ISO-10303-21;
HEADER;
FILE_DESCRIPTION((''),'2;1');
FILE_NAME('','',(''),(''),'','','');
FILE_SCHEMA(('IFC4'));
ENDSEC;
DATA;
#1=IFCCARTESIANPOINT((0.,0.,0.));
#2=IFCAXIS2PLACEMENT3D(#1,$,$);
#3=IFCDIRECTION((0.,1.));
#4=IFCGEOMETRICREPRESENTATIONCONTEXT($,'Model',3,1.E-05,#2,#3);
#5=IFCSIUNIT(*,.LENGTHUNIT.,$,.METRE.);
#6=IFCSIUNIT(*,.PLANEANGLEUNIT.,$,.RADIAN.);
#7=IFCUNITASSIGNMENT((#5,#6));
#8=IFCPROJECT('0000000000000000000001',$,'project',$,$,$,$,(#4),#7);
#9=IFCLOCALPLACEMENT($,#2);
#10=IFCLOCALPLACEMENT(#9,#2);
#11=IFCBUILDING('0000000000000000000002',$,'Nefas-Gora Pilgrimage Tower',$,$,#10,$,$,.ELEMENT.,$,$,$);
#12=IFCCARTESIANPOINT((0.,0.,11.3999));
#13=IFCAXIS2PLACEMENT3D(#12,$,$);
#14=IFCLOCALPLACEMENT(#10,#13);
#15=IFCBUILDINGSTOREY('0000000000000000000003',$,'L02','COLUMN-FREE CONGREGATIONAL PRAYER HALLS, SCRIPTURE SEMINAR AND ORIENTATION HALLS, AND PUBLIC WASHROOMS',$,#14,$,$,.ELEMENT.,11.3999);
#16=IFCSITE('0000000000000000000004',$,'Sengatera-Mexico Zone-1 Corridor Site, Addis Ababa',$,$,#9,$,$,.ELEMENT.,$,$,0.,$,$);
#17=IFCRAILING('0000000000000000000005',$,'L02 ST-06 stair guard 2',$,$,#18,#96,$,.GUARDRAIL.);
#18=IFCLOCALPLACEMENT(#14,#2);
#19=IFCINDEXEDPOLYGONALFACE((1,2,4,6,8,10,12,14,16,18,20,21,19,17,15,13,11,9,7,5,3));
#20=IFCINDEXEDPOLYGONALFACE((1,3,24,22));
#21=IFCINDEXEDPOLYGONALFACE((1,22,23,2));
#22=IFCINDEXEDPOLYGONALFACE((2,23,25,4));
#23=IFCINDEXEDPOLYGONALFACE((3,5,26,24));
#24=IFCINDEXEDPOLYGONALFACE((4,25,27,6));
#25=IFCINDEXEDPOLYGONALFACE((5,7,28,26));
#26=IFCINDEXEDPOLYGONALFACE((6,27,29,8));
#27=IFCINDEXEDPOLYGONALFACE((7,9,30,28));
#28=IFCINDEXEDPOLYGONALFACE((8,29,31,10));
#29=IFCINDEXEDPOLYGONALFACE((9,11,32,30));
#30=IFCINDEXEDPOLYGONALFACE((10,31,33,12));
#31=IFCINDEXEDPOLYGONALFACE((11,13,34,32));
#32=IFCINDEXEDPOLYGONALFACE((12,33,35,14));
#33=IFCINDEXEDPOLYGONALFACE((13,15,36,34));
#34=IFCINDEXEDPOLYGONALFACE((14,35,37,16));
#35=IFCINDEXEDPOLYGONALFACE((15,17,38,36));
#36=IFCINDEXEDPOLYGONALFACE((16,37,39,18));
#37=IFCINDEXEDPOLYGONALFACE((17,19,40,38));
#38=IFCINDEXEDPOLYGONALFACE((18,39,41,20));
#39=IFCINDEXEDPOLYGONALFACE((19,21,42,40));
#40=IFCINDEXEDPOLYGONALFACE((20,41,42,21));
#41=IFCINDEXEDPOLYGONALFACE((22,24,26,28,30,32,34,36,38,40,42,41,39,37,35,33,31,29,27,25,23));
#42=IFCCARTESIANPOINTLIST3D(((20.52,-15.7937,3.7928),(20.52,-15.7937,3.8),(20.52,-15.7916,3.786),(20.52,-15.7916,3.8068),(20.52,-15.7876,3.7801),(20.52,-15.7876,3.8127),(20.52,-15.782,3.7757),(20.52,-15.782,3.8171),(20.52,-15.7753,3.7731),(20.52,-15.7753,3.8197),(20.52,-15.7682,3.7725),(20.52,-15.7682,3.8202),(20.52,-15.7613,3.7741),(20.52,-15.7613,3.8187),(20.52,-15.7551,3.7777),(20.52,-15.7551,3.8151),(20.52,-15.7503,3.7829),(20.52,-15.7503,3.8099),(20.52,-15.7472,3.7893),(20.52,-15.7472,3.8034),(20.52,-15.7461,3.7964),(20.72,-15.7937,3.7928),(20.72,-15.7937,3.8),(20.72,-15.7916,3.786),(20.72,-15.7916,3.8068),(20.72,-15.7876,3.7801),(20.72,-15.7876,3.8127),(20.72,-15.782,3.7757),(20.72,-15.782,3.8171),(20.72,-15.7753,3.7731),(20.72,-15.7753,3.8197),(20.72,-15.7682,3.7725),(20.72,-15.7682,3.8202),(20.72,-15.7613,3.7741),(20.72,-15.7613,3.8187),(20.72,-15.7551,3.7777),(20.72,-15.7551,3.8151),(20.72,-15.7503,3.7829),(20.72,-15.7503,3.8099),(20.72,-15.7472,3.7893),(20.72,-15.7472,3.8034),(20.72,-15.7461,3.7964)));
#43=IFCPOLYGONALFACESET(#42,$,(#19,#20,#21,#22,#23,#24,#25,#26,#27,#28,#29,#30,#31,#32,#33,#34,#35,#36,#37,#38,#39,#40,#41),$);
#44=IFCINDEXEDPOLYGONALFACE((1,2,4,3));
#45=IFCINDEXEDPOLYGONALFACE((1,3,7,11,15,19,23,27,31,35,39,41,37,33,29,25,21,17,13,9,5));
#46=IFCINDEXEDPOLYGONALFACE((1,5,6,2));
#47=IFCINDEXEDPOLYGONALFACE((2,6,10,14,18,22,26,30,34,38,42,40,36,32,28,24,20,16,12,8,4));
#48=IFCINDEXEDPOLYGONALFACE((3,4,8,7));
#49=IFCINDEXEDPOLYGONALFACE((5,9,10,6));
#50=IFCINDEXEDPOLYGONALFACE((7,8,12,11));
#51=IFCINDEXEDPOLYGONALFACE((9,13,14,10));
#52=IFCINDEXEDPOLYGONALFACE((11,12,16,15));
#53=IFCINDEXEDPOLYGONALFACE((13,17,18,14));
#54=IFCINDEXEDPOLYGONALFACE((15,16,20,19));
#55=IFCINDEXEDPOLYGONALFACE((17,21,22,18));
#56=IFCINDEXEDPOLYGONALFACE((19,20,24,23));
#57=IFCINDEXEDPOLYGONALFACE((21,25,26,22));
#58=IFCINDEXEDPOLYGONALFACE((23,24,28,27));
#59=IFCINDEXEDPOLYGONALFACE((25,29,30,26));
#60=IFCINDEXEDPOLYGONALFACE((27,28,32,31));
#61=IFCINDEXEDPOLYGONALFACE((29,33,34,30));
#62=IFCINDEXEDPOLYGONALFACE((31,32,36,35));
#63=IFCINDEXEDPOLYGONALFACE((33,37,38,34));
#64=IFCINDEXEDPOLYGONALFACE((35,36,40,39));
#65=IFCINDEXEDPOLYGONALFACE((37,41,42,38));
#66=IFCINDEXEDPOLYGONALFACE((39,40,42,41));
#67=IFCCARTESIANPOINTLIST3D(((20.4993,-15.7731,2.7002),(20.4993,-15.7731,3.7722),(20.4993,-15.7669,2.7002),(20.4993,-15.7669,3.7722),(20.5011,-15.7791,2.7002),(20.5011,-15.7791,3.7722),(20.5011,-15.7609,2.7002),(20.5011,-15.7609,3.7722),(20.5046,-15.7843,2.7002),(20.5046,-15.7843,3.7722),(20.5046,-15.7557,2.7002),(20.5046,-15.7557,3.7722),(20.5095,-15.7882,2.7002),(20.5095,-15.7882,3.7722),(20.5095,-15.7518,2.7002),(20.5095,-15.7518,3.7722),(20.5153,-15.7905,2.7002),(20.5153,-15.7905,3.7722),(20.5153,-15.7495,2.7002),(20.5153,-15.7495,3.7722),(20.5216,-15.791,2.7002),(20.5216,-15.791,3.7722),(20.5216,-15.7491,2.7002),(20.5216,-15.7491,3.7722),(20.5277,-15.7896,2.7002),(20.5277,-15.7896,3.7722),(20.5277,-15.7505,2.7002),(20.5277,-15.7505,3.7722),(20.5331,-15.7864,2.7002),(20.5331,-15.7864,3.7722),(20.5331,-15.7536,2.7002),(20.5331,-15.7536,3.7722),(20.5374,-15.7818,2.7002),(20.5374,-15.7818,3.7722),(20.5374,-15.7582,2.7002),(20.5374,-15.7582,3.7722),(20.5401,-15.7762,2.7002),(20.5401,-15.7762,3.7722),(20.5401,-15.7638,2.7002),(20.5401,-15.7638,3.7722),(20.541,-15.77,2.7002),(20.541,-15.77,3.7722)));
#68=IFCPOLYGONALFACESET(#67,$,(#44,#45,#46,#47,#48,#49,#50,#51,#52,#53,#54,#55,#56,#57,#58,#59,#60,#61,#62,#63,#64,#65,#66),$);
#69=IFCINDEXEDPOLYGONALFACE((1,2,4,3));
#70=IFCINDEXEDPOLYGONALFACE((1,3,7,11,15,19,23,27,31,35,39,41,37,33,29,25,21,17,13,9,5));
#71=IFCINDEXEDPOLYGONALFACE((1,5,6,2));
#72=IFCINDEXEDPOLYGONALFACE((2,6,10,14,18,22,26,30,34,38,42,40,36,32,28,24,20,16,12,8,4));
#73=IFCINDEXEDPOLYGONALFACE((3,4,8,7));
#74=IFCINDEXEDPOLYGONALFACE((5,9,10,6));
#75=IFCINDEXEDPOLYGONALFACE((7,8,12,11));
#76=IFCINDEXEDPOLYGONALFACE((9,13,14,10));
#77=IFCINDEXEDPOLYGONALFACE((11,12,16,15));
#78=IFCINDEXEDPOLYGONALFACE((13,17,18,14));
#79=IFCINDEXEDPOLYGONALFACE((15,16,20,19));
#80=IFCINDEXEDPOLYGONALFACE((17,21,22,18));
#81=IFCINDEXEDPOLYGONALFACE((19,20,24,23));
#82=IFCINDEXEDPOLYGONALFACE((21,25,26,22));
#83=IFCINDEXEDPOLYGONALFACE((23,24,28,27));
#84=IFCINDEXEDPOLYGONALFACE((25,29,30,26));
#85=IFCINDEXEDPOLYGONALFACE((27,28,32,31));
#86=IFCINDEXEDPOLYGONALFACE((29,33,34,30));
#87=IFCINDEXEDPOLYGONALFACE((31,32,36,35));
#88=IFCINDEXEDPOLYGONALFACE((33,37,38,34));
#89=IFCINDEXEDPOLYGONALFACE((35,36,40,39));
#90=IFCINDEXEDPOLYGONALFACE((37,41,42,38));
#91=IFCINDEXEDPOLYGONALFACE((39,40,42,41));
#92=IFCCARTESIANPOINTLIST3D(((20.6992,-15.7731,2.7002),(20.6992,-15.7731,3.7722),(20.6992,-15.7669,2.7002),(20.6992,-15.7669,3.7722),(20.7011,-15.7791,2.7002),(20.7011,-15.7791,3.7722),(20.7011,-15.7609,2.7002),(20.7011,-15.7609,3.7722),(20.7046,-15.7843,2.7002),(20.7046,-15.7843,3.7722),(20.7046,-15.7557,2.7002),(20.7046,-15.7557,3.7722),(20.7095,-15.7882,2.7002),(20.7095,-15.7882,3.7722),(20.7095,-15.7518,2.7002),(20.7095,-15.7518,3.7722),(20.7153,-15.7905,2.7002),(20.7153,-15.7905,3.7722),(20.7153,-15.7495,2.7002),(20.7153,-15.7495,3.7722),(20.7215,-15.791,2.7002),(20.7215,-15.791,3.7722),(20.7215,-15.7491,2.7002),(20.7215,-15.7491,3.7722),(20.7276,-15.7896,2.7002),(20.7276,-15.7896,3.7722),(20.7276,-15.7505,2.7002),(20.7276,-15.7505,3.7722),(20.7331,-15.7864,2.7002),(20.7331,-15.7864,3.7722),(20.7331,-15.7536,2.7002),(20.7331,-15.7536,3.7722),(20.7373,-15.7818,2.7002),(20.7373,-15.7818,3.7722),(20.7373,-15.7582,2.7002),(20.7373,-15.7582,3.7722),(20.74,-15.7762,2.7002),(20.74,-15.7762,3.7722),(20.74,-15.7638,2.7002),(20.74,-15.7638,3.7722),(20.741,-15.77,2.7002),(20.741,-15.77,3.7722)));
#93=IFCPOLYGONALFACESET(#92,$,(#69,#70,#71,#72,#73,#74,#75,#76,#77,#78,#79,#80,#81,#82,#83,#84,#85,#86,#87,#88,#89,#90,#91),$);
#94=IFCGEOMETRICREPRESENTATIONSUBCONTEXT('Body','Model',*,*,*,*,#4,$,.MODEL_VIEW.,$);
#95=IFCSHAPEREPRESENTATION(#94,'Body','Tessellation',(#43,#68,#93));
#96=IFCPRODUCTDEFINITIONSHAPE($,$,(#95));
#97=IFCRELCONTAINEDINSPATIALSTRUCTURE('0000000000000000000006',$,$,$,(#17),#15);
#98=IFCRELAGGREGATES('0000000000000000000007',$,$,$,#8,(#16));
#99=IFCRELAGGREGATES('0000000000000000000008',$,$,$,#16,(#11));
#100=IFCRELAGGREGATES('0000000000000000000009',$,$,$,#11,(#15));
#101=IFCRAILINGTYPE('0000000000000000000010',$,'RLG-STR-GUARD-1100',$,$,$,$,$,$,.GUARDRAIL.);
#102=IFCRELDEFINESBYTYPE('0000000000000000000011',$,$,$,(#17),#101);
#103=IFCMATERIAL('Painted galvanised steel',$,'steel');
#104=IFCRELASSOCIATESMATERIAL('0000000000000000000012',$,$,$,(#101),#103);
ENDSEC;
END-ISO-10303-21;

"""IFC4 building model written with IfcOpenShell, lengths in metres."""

from ifc_helpers import new_model, si_unit, direction, frame, origin, origin_2d, place, context, subcontext, project, spatial, circle, extrude, material, type_object, element, save


model = new_model("IFC4")

# Units and contexts
model_context = context("Model", 3, precision=1e-05, world=origin(), true_north=direction((0.0, 1.0)))
body_context = subcontext(model_context, "Body", "Model", "MODEL_VIEW")
ifc_project = project(units=[si_unit("LENGTHUNIT", "METRE"), si_unit("PLANEANGLEUNIT", "RADIAN")], contexts=[model_context])

# Site, building, storey
site_placement = place(None, origin())
site = spatial("IfcSite", under=ifc_project, at=site_placement, Name="Sengatera-Mexico Zone-1 Corridor Site, Addis Ababa", CompositionType="ELEMENT", RefElevation=0.0)
building_placement = place(site_placement, origin())
building = spatial("IfcBuilding", under=site, at=building_placement, Name="Nefas-Gora Pilgrimage Tower", CompositionType="ELEMENT")
storey_placement = place(building_placement, frame((0.0, 0.0, 11.3999)))
storey = spatial("IfcBuildingStorey", under=building, at=storey_placement, Name="L02", Description="COLUMN-FREE CONGREGATIONAL PRAYER HALLS, SCRIPTURE SEMINAR AND ORIENTATION HALLS, AND PUBLIC WASHROOMS", CompositionType="ELEMENT", Elevation=11.3999)

# Railing
ifc_material_1 = material(Name="Painted galvanised steel", Category="steel")
railing_type_1 = type_object("IfcRailingType", Name="RLG-STR-GUARD-1100", PredefinedType="GUARDRAIL", material=ifc_material_1)
railing_1_placement = place(storey_placement, frame((20.52, -15.77, 2.7002)))
element("IfcRailing", 1, at=railing_1_placement, inside=storey, type_object=railing_type_1, Name="L02 ST-06 stair guard 2", PredefinedType="GUARDRAIL", context=body_context, shape_type="SweptSolid", body=[
    extrude(circle(Radius=0.0239, at=origin_2d()), frame((0.0, 0.0, 1.0962), z_axis=(1.0, 0.0, 0.0), x_axis=(0.0, 1.0, 0.0)), (0.0, 0.0, 1.0), 0.2),
    extrude(circle(Radius=0.021, at=origin_2d()), origin(), (0.0, 0.0, 1.0), 1.072),
    extrude(circle(Radius=0.021, at=origin_2d()), frame((0.2, 0.0, 0.0)), (0.0, 0.0, 1.0), 1.072),
])

save(model, "model.ifc")
